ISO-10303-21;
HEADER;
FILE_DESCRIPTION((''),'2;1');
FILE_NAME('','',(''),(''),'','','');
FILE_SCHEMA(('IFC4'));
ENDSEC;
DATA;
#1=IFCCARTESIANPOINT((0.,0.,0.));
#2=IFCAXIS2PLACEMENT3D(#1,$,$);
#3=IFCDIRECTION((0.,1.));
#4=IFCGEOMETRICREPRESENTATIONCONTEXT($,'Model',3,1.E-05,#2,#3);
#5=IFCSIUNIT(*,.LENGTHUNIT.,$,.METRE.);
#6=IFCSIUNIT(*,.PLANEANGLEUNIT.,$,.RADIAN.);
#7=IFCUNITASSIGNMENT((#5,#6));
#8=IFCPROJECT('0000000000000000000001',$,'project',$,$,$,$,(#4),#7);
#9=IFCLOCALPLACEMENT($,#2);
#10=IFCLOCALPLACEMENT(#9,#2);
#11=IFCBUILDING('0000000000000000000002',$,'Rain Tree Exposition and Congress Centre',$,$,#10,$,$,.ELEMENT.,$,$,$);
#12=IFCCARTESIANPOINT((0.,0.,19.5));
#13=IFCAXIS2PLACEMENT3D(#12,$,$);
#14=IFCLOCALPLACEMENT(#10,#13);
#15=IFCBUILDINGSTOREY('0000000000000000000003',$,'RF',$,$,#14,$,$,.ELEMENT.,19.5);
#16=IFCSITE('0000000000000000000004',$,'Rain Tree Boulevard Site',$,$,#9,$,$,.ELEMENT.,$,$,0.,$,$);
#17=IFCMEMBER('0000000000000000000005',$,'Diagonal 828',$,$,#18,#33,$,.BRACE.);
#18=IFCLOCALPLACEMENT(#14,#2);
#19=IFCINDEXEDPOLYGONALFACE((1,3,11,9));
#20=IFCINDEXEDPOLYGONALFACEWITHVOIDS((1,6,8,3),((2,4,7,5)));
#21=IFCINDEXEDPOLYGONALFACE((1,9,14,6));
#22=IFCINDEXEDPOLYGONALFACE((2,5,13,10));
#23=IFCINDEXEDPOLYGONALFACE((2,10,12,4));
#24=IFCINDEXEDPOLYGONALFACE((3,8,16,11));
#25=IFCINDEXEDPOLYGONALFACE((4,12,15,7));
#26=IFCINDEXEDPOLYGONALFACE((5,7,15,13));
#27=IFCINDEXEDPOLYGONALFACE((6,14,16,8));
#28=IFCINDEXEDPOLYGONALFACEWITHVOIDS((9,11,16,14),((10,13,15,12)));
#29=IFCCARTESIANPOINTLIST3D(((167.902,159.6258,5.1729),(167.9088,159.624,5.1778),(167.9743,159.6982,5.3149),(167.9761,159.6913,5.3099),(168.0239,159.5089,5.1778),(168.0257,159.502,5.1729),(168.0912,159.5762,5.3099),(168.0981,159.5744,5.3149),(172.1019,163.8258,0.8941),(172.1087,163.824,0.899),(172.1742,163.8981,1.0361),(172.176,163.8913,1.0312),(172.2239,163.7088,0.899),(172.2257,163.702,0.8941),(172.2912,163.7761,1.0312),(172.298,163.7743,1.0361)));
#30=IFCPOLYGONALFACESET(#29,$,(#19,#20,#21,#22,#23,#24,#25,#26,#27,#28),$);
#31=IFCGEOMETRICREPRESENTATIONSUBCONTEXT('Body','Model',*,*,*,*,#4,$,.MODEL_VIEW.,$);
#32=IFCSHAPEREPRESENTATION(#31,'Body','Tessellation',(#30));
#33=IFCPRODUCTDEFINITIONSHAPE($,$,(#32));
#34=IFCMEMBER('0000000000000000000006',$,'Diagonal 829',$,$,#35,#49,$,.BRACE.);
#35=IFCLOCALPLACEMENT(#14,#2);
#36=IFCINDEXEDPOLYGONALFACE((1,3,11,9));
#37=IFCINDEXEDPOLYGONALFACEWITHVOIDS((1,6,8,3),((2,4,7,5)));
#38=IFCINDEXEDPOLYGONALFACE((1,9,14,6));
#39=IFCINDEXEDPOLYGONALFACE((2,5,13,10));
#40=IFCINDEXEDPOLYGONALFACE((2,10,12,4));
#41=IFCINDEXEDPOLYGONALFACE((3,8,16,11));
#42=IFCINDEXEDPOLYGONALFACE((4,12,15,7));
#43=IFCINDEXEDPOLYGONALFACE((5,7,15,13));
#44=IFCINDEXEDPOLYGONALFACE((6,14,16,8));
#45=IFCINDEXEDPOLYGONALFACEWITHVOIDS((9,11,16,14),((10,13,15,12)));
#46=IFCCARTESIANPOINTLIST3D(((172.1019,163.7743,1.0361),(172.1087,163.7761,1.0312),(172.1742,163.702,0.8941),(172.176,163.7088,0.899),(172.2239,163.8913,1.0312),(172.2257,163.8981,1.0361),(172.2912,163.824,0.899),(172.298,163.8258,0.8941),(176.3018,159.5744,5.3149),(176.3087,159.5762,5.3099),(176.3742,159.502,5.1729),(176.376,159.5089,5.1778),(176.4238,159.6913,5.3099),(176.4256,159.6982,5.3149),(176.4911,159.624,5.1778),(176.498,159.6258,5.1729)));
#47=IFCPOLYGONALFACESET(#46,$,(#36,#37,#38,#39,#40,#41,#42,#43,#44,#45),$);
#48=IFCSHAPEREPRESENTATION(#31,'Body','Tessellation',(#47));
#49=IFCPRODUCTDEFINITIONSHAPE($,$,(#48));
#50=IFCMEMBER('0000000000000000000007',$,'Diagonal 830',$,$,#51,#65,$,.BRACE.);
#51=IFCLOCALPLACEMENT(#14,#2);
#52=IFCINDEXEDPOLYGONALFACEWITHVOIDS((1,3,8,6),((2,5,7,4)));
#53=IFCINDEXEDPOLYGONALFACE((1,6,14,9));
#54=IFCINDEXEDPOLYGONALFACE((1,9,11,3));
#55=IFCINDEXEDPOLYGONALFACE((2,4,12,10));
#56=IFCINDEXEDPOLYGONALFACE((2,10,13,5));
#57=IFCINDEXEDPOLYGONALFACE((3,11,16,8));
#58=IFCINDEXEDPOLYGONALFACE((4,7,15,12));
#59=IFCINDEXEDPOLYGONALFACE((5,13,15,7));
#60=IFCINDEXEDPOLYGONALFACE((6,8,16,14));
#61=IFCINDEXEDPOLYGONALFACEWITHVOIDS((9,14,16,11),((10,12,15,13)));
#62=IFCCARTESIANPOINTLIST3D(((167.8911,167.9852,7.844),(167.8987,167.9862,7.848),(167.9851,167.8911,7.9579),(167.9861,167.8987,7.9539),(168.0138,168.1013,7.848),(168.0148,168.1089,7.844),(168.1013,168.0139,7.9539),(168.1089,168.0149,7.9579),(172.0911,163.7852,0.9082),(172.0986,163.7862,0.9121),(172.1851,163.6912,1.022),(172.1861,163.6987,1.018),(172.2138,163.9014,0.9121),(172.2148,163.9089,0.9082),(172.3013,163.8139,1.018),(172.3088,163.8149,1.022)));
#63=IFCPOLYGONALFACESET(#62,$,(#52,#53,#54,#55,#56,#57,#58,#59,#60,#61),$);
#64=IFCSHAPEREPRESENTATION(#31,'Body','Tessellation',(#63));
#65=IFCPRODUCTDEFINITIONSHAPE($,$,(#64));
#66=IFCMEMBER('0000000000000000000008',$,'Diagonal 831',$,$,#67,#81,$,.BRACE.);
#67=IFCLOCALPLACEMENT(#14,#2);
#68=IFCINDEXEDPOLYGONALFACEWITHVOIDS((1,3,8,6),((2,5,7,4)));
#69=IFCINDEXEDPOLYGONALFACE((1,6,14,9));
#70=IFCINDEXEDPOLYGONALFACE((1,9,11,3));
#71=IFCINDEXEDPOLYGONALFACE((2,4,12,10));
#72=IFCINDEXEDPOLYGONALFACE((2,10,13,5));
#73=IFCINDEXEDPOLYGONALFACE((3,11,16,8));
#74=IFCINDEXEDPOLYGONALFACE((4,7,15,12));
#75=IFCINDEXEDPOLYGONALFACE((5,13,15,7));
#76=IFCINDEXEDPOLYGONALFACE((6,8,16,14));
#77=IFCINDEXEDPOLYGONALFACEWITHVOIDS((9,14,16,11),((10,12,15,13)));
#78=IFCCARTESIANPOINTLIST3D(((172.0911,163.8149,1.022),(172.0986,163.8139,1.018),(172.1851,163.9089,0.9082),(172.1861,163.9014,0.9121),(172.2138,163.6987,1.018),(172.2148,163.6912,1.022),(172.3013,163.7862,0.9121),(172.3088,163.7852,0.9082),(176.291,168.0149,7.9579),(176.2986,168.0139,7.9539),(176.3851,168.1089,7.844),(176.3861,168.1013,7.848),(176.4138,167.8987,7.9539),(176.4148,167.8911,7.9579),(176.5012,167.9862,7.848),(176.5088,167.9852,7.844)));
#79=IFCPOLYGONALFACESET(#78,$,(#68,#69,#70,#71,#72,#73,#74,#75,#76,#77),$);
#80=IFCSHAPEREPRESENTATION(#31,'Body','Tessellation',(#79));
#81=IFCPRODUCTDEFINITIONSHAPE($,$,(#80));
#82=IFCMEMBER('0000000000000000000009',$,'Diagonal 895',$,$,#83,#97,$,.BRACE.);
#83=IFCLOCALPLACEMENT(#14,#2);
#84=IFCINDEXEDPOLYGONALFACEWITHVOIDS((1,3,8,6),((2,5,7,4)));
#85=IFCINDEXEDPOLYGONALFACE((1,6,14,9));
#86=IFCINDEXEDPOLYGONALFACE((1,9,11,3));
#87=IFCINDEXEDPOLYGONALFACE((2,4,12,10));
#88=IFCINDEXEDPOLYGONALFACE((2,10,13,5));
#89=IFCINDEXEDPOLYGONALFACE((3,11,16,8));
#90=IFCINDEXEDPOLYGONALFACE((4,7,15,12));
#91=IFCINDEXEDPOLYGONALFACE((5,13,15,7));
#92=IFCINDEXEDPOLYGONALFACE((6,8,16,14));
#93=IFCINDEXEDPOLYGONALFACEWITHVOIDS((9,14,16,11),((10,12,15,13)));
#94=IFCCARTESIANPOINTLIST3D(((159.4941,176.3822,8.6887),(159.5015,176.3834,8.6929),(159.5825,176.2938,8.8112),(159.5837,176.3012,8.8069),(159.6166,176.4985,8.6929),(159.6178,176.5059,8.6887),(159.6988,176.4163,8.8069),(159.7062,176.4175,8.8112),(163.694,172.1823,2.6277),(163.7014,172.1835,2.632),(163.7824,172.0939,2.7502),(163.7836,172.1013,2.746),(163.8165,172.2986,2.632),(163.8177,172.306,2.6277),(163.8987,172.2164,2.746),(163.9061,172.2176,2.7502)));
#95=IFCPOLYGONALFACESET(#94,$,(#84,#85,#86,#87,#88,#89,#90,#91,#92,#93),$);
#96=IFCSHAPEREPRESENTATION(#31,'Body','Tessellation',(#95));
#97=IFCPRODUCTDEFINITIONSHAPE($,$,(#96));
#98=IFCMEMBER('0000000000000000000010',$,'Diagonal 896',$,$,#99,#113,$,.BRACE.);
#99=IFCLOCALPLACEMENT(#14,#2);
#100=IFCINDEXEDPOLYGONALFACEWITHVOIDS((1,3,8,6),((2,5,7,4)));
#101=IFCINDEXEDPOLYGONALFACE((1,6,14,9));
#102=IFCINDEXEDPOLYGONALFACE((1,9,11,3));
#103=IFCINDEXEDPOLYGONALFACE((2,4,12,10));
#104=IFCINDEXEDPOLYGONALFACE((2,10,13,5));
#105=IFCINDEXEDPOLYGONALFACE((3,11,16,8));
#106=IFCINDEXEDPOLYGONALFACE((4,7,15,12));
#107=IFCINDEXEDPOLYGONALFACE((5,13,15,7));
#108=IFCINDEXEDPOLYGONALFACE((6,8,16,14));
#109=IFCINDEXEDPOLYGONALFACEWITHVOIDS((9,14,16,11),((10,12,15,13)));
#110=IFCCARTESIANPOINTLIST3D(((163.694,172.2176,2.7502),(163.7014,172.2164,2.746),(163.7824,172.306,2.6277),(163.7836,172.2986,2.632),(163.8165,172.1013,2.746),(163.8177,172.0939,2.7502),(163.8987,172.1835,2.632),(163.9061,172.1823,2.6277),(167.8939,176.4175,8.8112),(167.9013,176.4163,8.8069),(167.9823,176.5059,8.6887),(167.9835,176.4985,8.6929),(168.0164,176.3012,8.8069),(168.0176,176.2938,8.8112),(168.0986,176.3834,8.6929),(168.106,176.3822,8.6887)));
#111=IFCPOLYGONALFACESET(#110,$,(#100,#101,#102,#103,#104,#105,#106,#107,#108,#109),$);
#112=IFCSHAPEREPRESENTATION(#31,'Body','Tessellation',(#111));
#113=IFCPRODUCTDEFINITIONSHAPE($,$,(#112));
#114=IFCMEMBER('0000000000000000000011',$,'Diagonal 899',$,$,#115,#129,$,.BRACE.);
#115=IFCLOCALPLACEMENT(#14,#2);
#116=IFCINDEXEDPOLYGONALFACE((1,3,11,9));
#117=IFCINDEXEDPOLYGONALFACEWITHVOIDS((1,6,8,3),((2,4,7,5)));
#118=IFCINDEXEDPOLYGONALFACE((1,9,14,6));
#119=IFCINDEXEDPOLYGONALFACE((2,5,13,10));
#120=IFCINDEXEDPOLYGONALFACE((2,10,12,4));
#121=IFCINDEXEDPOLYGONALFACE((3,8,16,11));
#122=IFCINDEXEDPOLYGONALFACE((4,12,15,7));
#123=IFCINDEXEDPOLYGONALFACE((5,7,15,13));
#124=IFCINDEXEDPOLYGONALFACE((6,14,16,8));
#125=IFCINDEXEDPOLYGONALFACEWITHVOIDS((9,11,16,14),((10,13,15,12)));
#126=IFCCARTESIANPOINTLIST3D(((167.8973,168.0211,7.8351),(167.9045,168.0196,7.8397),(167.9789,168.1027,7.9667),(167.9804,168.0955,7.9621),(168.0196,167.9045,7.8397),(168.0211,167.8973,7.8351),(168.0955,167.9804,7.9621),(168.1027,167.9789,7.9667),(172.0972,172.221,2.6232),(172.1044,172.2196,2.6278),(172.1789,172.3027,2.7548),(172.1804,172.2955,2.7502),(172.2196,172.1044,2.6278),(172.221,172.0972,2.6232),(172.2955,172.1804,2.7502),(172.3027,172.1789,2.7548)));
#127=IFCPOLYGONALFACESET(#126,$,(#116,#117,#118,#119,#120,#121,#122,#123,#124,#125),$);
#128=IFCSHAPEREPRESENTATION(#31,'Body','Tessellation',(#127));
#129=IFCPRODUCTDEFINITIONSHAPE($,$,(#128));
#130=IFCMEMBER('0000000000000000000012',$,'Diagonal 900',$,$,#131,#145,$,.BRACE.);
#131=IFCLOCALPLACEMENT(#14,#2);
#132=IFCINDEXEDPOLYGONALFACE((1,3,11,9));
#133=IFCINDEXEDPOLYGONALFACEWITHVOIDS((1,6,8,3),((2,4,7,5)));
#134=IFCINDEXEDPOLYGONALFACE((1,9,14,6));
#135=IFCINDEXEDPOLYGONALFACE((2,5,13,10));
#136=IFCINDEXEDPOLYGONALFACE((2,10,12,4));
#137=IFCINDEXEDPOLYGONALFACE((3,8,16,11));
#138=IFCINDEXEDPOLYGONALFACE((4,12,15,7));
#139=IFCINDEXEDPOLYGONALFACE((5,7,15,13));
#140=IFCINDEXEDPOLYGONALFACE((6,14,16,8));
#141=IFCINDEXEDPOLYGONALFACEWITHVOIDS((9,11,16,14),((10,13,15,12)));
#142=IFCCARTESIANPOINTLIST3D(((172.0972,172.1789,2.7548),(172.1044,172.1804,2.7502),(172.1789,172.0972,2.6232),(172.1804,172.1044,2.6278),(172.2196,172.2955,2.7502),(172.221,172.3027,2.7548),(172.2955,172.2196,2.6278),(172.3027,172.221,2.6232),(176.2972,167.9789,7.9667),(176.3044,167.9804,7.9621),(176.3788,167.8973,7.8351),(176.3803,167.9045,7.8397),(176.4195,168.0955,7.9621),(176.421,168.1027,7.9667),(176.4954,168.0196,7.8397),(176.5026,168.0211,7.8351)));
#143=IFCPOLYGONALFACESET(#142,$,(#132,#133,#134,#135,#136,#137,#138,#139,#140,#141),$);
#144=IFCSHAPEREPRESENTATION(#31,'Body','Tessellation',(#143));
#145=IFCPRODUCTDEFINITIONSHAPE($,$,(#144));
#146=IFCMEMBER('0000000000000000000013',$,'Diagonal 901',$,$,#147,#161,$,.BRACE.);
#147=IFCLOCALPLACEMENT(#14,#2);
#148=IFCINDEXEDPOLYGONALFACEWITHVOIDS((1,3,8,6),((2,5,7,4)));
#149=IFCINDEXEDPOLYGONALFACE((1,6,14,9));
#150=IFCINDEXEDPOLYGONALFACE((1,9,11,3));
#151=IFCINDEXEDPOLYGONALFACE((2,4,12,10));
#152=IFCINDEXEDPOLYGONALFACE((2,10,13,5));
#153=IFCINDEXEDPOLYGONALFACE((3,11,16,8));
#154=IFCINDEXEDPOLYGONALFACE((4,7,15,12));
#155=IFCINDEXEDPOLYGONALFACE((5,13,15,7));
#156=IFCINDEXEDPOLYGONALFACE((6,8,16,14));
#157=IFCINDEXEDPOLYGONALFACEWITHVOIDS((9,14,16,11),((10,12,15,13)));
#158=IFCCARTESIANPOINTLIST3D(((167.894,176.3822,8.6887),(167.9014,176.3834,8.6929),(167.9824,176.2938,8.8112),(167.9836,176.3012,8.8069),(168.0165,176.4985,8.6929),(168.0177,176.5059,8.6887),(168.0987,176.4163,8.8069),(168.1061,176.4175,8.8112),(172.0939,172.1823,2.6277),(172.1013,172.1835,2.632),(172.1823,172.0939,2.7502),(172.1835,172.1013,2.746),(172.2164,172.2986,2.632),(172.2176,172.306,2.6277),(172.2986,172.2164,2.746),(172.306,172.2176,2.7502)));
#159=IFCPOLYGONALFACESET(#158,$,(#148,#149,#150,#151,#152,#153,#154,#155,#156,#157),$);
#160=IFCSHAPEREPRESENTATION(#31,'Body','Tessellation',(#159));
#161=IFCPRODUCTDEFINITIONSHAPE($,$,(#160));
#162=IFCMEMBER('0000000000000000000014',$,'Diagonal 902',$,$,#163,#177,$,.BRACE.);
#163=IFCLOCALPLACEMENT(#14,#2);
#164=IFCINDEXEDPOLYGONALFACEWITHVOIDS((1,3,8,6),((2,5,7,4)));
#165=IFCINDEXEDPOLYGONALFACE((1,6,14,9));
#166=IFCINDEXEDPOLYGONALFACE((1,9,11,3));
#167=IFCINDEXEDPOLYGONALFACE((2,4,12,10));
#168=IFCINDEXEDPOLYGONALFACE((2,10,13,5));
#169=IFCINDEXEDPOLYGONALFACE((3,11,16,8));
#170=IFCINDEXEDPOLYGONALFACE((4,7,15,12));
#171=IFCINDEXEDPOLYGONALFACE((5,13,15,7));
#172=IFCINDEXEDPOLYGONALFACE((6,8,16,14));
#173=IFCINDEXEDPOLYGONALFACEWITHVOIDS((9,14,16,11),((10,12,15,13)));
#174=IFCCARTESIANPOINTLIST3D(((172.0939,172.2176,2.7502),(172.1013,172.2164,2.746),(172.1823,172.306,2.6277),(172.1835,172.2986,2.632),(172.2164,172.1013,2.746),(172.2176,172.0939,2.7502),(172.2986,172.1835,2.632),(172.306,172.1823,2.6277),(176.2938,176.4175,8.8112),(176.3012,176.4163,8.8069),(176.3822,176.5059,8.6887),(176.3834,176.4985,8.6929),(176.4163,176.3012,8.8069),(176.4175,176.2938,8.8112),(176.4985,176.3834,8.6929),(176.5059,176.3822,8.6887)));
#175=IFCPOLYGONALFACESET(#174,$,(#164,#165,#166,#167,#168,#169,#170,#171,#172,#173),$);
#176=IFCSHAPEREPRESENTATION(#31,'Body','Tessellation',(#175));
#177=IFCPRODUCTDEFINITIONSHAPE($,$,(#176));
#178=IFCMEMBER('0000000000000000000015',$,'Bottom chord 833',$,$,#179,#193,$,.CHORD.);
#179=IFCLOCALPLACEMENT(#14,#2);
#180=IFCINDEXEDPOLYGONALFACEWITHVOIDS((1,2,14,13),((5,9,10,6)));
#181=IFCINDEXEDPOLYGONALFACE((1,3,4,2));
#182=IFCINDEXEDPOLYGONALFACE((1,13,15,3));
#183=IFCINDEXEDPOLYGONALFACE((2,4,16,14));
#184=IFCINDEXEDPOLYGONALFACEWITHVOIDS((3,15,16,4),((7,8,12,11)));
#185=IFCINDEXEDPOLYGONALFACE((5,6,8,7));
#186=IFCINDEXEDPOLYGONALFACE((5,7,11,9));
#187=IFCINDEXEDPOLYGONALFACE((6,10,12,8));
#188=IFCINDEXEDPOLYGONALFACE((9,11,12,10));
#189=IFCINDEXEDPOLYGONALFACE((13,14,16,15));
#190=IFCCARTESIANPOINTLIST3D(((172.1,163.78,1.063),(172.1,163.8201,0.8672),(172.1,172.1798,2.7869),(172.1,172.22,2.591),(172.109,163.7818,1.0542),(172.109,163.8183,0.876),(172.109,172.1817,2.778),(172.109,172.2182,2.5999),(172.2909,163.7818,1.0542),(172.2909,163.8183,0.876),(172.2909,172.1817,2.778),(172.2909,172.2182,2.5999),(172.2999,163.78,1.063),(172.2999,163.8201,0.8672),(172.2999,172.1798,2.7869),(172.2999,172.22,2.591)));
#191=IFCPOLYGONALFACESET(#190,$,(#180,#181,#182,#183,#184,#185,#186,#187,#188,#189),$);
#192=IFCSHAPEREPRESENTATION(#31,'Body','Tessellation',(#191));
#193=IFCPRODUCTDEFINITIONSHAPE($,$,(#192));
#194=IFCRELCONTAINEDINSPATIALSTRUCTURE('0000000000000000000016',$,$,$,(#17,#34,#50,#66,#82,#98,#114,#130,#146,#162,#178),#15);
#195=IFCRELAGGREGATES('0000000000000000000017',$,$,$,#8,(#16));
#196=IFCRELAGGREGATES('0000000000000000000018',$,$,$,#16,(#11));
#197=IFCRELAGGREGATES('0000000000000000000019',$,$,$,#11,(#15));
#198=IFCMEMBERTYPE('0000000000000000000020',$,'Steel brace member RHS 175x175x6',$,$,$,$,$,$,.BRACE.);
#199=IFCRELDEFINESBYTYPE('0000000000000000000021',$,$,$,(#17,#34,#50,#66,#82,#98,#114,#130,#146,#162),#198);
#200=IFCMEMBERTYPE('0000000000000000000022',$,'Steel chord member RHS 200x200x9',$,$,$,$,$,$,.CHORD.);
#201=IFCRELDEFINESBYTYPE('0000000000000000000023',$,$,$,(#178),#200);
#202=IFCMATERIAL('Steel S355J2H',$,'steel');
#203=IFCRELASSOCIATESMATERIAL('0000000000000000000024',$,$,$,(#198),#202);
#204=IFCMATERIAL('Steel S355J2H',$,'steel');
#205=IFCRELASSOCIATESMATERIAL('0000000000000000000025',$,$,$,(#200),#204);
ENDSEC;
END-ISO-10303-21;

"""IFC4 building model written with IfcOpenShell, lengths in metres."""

from ifc_helpers import new_model, si_unit, direction, frame, origin, origin_2d, place, context, subcontext, project, spatial, hollow_rectangle, extrude, material, material_profile, profile_set, type_object, element, save


model = new_model("IFC4")

# Units and contexts
model_context = context("Model", 3, precision=1e-05, world=origin(), true_north=direction((0.0, 1.0)))
body_context = subcontext(model_context, "Body", "Model", "MODEL_VIEW")
ifc_project = project(units=[si_unit("LENGTHUNIT", "METRE"), si_unit("PLANEANGLEUNIT", "RADIAN")], contexts=[model_context])

# Site, building, storey
site_placement = place(None, origin())
site = spatial("IfcSite", under=ifc_project, at=site_placement, Name="Rain Tree Boulevard Site", CompositionType="ELEMENT", RefElevation=0.0)
building_placement = place(site_placement, origin())
building = spatial("IfcBuilding", under=site, at=building_placement, Name="Rain Tree Exposition and Congress Centre", CompositionType="ELEMENT")
storey_placement = place(building_placement, frame((0.0, 0.0, 19.5)))
storey = spatial("IfcBuildingStorey", under=building, at=storey_placement, Name="RF", CompositionType="ELEMENT", Elevation=19.5)

# Members
ifc_material_1 = material(Name="Steel S355J2H", Category="steel")
ifc_material_profile_1 = material_profile(ifc_material_1, hollow_rectangle(XDim=0.175, YDim=0.175, WallThickness=0.0061, at=origin_2d()), Name="RHS 175x175x6")
ifc_profile_set_1 = profile_set([ifc_material_profile_1], Name="Steel S355J2H")
member_type_1 = type_object("IfcMemberType", Name="Steel brace member RHS 175x175x6", PredefinedType="BRACE", material=ifc_profile_set_1)
for number, where, z_axis, x_axis, name in (
    (1, (172.2, 163.8, 0.9651), (-0.573737, -0.573737, 0.58451), (0.707107, -0.707107, 0.0), "Diagonal 828"),
    (2, (172.2, 163.8, 0.9651), (0.573737, -0.573737, 0.58451), (0.707107, 0.707107, 0.0), "Diagonal 829"),
):
    element("IfcMember", number, at=place(storey_placement, frame(where, z_axis=z_axis, x_axis=x_axis)), inside=storey, type_object=member_type_1, Name=name, PredefinedType="BRACE", context=body_context, shape_type="SweptSolid", body=[
        extrude(hollow_rectangle(XDim=0.175, YDim=0.175, WallThickness=0.0061, at=origin_2d()), origin(), (0.0, 0.0, 1.0), 7.3203),
    ])
for number, where, z_axis, x_axis, name in (
    (3, (172.2, 163.8, 0.9651), (-0.459941, 0.459941, 0.759545), (-0.707107, -0.707107, 0.0), "Diagonal 830"),
    (4, (172.2, 163.8, 0.9651), (0.459941, 0.459941, 0.759545), (-0.707107, 0.707107, 0.0), "Diagonal 831"),
):
    element("IfcMember", number, at=place(storey_placement, frame(where, z_axis=z_axis, x_axis=x_axis)), inside=storey, type_object=member_type_1, Name=name, PredefinedType="BRACE", context=body_context, shape_type="SweptSolid", body=[
        extrude(hollow_rectangle(XDim=0.175, YDim=0.175, WallThickness=0.0061, at=origin_2d()), origin(), (0.0, 0.0, 1.0), 9.1316),
    ])
for number, where, z_axis, x_axis, name in (
    (5, (163.8, 172.2, 2.689), (-0.494916, 0.494916, 0.714224), (-0.707107, -0.707107, 0.0), "Diagonal 895"),
    (6, (163.8, 172.2, 2.689), (0.494916, 0.494916, 0.714224), (-0.707107, 0.707107, 0.0), "Diagonal 896"),
):
    element("IfcMember", number, at=place(storey_placement, frame(where, z_axis=z_axis, x_axis=x_axis)), inside=storey, type_object=member_type_1, Name=name, PredefinedType="BRACE", context=body_context, shape_type="SweptSolid", body=[
        extrude(hollow_rectangle(XDim=0.175, YDim=0.175, WallThickness=0.0061, at=origin_2d()), origin(), (0.0, 0.0, 1.0), 8.4861),
    ])
for number, where, z_axis, x_axis, name in (
    (7, (172.2, 172.2, 2.689), (-0.531498, -0.531498, 0.65956), (0.707107, -0.707107, 0.0), "Diagonal 899"),
    (8, (172.2, 172.2, 2.689), (0.531498, -0.531498, 0.65956), (0.707107, 0.707107, 0.0), "Diagonal 900"),
):
    element("IfcMember", number, at=place(storey_placement, frame(where, z_axis=z_axis, x_axis=x_axis)), inside=storey, type_object=member_type_1, Name=name, PredefinedType="BRACE", context=body_context, shape_type="SweptSolid", body=[
        extrude(hollow_rectangle(XDim=0.175, YDim=0.175, WallThickness=0.0061, at=origin_2d()), origin(), (0.0, 0.0, 1.0), 7.9021),
    ])
for number, where, z_axis, x_axis, name in (
    (9, (172.2, 172.2, 2.689), (-0.494916, 0.494916, 0.714224), (-0.707107, -0.707107, 0.0), "Diagonal 901"),
    (10, (172.2, 172.2, 2.689), (0.494916, 0.494916, 0.714224), (-0.707107, 0.707107, 0.0), "Diagonal 902"),
):
    element("IfcMember", number, at=place(storey_placement, frame(where, z_axis=z_axis, x_axis=x_axis)), inside=storey, type_object=member_type_1, Name=name, PredefinedType="BRACE", context=body_context, shape_type="SweptSolid", body=[
        extrude(hollow_rectangle(XDim=0.175, YDim=0.175, WallThickness=0.0061, at=origin_2d()), origin(), (0.0, 0.0, 1.0), 8.4861),
    ])
ifc_material_2 = material(Name="Steel S355J2H", Category="steel")
ifc_material_profile_2 = material_profile(ifc_material_2, hollow_rectangle(XDim=0.2, YDim=0.2, WallThickness=0.009, at=origin_2d()), Name="RHS 200x200x9")
ifc_profile_set_2 = profile_set([ifc_material_profile_2], Name="Steel S355J2H")
member_type_2 = type_object("IfcMemberType", Name="Steel chord member RHS 200x200x9", PredefinedType="CHORD", material=ifc_profile_set_2)
member_1_placement = place(storey_placement, frame((172.2, 163.8, 0.9651), z_axis=(0.0, 0.979584, 0.201036), x_axis=(-1.0, 0.0, 0.0)))
element("IfcMember", 11, at=member_1_placement, inside=storey, type_object=member_type_2, Name="Bottom chord 833", PredefinedType="CHORD", context=body_context, shape_type="SweptSolid", body=[
    extrude(hollow_rectangle(XDim=0.2, YDim=0.2, WallThickness=0.009, at=origin_2d()), origin(), (0.0, 0.0, 1.0), 8.575),
])

save(model, "model.ifc")
